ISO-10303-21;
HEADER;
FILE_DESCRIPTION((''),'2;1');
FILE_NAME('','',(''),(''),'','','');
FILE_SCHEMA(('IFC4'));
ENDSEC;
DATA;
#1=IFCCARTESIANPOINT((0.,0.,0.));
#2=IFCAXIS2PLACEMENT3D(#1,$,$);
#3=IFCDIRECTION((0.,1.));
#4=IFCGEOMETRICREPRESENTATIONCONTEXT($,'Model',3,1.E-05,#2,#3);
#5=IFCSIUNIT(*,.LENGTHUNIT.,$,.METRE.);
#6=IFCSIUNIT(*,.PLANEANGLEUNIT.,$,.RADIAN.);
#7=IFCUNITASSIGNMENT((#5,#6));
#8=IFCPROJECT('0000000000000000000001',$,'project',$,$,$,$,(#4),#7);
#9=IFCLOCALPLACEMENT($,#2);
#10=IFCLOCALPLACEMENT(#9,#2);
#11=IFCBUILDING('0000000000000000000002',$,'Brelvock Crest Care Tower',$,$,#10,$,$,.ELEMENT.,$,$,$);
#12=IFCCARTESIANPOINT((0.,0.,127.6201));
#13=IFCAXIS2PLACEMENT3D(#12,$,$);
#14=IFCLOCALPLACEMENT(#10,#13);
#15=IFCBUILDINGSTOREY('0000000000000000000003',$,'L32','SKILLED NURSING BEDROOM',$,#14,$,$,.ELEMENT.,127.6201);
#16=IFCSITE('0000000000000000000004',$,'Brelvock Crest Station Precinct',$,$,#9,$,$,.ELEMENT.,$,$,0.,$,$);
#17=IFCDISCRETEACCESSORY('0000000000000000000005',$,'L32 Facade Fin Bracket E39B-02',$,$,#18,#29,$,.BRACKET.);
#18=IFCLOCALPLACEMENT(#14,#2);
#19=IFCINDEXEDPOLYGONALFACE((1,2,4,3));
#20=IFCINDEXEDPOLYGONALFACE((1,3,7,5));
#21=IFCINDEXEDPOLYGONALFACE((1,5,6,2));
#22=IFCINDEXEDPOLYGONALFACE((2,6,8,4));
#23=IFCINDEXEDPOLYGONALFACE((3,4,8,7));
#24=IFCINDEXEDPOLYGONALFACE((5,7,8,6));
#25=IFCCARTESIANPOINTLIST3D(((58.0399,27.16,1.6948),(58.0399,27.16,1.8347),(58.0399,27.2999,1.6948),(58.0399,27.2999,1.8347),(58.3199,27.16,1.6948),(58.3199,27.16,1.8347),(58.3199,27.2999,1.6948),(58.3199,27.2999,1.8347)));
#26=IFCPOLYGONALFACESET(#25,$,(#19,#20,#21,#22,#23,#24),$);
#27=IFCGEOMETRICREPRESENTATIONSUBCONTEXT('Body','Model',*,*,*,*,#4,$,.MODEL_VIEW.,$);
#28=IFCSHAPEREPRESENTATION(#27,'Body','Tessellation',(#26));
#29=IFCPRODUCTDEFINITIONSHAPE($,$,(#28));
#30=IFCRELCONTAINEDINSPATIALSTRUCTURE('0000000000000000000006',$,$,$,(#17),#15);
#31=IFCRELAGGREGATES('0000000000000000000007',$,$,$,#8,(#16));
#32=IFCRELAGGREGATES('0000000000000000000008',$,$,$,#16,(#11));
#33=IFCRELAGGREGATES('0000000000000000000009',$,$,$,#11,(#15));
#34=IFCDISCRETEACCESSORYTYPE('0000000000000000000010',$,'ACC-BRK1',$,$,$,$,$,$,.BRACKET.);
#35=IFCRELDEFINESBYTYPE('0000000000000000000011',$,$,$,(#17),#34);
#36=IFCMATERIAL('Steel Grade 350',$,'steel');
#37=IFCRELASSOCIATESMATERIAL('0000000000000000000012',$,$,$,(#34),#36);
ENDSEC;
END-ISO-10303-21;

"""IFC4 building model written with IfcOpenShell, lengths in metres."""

from ifc_helpers import new_model, si_unit, direction, frame, origin, origin_2d, place, context, subcontext, project, spatial, rectangle, extrude, source, transform, mapped, material, type_object, element, save


model = new_model("IFC4")

# Units and contexts
model_context = context("Model", 3, precision=1e-05, world=origin(), true_north=direction((0.0, 1.0)))
body_context = subcontext(model_context, "Body", "Model", "MODEL_VIEW")
ifc_project = project(units=[si_unit("LENGTHUNIT", "METRE"), si_unit("PLANEANGLEUNIT", "RADIAN")], contexts=[model_context])

# Site, building, storey
site_placement = place(None, origin())
site = spatial("IfcSite", under=ifc_project, at=site_placement, Name="Brelvock Crest Station Precinct", CompositionType="ELEMENT", RefElevation=0.0)
building_placement = place(site_placement, origin())
building = spatial("IfcBuilding", under=site, at=building_placement, Name="Brelvock Crest Care Tower", CompositionType="ELEMENT")
storey_placement = place(building_placement, frame((0.0, 0.0, 127.6201)))
storey = spatial("IfcBuildingStorey", under=building, at=storey_placement, Name="L32", Description="SKILLED NURSING BEDROOM", CompositionType="ELEMENT", Elevation=127.6201)

# Shared definitions
ifc_material_1 = material(Name="Steel Grade 350", Category="steel")

# Discrete accessory
discrete_accessory_type = type_object("IfcDiscreteAccessoryType", Name="ACC-BRK1", PredefinedType="BRACKET", material=ifc_material_1)
shared_shape_1 = source(origin(), body_context, "Body", "SweptSolid", [
    extrude(rectangle(XDim=0.28, YDim=0.1399, at=origin_2d()), origin(), (0.0, 0.0, 1.0), 0.1399),
])
for number, where, z_axis, x_axis, name in (
    (1, (58.1799, 27.23, 1.6948), (0.0, 0.0, 1.0), (1.0, 0.0, 0.0), "L32 Facade Fin Bracket E39B-02"),
):
    element("IfcDiscreteAccessory", number, at=place(storey_placement, frame(where, z_axis=z_axis, x_axis=x_axis)), inside=storey, type_object=discrete_accessory_type, Name=name, PredefinedType="BRACKET", context=body_context, shape_type="MappedRepresentation", body=[
        mapped(shared_shape_1, transform((0.0, 0.0, 0.0), x_axis=(1.0, 0.0, 0.0), y_axis=(0.0, 1.0, 0.0), z_axis=(0.0, 0.0, 1.0), scale=1.0)),
    ])

save(model, "model.ifc")
